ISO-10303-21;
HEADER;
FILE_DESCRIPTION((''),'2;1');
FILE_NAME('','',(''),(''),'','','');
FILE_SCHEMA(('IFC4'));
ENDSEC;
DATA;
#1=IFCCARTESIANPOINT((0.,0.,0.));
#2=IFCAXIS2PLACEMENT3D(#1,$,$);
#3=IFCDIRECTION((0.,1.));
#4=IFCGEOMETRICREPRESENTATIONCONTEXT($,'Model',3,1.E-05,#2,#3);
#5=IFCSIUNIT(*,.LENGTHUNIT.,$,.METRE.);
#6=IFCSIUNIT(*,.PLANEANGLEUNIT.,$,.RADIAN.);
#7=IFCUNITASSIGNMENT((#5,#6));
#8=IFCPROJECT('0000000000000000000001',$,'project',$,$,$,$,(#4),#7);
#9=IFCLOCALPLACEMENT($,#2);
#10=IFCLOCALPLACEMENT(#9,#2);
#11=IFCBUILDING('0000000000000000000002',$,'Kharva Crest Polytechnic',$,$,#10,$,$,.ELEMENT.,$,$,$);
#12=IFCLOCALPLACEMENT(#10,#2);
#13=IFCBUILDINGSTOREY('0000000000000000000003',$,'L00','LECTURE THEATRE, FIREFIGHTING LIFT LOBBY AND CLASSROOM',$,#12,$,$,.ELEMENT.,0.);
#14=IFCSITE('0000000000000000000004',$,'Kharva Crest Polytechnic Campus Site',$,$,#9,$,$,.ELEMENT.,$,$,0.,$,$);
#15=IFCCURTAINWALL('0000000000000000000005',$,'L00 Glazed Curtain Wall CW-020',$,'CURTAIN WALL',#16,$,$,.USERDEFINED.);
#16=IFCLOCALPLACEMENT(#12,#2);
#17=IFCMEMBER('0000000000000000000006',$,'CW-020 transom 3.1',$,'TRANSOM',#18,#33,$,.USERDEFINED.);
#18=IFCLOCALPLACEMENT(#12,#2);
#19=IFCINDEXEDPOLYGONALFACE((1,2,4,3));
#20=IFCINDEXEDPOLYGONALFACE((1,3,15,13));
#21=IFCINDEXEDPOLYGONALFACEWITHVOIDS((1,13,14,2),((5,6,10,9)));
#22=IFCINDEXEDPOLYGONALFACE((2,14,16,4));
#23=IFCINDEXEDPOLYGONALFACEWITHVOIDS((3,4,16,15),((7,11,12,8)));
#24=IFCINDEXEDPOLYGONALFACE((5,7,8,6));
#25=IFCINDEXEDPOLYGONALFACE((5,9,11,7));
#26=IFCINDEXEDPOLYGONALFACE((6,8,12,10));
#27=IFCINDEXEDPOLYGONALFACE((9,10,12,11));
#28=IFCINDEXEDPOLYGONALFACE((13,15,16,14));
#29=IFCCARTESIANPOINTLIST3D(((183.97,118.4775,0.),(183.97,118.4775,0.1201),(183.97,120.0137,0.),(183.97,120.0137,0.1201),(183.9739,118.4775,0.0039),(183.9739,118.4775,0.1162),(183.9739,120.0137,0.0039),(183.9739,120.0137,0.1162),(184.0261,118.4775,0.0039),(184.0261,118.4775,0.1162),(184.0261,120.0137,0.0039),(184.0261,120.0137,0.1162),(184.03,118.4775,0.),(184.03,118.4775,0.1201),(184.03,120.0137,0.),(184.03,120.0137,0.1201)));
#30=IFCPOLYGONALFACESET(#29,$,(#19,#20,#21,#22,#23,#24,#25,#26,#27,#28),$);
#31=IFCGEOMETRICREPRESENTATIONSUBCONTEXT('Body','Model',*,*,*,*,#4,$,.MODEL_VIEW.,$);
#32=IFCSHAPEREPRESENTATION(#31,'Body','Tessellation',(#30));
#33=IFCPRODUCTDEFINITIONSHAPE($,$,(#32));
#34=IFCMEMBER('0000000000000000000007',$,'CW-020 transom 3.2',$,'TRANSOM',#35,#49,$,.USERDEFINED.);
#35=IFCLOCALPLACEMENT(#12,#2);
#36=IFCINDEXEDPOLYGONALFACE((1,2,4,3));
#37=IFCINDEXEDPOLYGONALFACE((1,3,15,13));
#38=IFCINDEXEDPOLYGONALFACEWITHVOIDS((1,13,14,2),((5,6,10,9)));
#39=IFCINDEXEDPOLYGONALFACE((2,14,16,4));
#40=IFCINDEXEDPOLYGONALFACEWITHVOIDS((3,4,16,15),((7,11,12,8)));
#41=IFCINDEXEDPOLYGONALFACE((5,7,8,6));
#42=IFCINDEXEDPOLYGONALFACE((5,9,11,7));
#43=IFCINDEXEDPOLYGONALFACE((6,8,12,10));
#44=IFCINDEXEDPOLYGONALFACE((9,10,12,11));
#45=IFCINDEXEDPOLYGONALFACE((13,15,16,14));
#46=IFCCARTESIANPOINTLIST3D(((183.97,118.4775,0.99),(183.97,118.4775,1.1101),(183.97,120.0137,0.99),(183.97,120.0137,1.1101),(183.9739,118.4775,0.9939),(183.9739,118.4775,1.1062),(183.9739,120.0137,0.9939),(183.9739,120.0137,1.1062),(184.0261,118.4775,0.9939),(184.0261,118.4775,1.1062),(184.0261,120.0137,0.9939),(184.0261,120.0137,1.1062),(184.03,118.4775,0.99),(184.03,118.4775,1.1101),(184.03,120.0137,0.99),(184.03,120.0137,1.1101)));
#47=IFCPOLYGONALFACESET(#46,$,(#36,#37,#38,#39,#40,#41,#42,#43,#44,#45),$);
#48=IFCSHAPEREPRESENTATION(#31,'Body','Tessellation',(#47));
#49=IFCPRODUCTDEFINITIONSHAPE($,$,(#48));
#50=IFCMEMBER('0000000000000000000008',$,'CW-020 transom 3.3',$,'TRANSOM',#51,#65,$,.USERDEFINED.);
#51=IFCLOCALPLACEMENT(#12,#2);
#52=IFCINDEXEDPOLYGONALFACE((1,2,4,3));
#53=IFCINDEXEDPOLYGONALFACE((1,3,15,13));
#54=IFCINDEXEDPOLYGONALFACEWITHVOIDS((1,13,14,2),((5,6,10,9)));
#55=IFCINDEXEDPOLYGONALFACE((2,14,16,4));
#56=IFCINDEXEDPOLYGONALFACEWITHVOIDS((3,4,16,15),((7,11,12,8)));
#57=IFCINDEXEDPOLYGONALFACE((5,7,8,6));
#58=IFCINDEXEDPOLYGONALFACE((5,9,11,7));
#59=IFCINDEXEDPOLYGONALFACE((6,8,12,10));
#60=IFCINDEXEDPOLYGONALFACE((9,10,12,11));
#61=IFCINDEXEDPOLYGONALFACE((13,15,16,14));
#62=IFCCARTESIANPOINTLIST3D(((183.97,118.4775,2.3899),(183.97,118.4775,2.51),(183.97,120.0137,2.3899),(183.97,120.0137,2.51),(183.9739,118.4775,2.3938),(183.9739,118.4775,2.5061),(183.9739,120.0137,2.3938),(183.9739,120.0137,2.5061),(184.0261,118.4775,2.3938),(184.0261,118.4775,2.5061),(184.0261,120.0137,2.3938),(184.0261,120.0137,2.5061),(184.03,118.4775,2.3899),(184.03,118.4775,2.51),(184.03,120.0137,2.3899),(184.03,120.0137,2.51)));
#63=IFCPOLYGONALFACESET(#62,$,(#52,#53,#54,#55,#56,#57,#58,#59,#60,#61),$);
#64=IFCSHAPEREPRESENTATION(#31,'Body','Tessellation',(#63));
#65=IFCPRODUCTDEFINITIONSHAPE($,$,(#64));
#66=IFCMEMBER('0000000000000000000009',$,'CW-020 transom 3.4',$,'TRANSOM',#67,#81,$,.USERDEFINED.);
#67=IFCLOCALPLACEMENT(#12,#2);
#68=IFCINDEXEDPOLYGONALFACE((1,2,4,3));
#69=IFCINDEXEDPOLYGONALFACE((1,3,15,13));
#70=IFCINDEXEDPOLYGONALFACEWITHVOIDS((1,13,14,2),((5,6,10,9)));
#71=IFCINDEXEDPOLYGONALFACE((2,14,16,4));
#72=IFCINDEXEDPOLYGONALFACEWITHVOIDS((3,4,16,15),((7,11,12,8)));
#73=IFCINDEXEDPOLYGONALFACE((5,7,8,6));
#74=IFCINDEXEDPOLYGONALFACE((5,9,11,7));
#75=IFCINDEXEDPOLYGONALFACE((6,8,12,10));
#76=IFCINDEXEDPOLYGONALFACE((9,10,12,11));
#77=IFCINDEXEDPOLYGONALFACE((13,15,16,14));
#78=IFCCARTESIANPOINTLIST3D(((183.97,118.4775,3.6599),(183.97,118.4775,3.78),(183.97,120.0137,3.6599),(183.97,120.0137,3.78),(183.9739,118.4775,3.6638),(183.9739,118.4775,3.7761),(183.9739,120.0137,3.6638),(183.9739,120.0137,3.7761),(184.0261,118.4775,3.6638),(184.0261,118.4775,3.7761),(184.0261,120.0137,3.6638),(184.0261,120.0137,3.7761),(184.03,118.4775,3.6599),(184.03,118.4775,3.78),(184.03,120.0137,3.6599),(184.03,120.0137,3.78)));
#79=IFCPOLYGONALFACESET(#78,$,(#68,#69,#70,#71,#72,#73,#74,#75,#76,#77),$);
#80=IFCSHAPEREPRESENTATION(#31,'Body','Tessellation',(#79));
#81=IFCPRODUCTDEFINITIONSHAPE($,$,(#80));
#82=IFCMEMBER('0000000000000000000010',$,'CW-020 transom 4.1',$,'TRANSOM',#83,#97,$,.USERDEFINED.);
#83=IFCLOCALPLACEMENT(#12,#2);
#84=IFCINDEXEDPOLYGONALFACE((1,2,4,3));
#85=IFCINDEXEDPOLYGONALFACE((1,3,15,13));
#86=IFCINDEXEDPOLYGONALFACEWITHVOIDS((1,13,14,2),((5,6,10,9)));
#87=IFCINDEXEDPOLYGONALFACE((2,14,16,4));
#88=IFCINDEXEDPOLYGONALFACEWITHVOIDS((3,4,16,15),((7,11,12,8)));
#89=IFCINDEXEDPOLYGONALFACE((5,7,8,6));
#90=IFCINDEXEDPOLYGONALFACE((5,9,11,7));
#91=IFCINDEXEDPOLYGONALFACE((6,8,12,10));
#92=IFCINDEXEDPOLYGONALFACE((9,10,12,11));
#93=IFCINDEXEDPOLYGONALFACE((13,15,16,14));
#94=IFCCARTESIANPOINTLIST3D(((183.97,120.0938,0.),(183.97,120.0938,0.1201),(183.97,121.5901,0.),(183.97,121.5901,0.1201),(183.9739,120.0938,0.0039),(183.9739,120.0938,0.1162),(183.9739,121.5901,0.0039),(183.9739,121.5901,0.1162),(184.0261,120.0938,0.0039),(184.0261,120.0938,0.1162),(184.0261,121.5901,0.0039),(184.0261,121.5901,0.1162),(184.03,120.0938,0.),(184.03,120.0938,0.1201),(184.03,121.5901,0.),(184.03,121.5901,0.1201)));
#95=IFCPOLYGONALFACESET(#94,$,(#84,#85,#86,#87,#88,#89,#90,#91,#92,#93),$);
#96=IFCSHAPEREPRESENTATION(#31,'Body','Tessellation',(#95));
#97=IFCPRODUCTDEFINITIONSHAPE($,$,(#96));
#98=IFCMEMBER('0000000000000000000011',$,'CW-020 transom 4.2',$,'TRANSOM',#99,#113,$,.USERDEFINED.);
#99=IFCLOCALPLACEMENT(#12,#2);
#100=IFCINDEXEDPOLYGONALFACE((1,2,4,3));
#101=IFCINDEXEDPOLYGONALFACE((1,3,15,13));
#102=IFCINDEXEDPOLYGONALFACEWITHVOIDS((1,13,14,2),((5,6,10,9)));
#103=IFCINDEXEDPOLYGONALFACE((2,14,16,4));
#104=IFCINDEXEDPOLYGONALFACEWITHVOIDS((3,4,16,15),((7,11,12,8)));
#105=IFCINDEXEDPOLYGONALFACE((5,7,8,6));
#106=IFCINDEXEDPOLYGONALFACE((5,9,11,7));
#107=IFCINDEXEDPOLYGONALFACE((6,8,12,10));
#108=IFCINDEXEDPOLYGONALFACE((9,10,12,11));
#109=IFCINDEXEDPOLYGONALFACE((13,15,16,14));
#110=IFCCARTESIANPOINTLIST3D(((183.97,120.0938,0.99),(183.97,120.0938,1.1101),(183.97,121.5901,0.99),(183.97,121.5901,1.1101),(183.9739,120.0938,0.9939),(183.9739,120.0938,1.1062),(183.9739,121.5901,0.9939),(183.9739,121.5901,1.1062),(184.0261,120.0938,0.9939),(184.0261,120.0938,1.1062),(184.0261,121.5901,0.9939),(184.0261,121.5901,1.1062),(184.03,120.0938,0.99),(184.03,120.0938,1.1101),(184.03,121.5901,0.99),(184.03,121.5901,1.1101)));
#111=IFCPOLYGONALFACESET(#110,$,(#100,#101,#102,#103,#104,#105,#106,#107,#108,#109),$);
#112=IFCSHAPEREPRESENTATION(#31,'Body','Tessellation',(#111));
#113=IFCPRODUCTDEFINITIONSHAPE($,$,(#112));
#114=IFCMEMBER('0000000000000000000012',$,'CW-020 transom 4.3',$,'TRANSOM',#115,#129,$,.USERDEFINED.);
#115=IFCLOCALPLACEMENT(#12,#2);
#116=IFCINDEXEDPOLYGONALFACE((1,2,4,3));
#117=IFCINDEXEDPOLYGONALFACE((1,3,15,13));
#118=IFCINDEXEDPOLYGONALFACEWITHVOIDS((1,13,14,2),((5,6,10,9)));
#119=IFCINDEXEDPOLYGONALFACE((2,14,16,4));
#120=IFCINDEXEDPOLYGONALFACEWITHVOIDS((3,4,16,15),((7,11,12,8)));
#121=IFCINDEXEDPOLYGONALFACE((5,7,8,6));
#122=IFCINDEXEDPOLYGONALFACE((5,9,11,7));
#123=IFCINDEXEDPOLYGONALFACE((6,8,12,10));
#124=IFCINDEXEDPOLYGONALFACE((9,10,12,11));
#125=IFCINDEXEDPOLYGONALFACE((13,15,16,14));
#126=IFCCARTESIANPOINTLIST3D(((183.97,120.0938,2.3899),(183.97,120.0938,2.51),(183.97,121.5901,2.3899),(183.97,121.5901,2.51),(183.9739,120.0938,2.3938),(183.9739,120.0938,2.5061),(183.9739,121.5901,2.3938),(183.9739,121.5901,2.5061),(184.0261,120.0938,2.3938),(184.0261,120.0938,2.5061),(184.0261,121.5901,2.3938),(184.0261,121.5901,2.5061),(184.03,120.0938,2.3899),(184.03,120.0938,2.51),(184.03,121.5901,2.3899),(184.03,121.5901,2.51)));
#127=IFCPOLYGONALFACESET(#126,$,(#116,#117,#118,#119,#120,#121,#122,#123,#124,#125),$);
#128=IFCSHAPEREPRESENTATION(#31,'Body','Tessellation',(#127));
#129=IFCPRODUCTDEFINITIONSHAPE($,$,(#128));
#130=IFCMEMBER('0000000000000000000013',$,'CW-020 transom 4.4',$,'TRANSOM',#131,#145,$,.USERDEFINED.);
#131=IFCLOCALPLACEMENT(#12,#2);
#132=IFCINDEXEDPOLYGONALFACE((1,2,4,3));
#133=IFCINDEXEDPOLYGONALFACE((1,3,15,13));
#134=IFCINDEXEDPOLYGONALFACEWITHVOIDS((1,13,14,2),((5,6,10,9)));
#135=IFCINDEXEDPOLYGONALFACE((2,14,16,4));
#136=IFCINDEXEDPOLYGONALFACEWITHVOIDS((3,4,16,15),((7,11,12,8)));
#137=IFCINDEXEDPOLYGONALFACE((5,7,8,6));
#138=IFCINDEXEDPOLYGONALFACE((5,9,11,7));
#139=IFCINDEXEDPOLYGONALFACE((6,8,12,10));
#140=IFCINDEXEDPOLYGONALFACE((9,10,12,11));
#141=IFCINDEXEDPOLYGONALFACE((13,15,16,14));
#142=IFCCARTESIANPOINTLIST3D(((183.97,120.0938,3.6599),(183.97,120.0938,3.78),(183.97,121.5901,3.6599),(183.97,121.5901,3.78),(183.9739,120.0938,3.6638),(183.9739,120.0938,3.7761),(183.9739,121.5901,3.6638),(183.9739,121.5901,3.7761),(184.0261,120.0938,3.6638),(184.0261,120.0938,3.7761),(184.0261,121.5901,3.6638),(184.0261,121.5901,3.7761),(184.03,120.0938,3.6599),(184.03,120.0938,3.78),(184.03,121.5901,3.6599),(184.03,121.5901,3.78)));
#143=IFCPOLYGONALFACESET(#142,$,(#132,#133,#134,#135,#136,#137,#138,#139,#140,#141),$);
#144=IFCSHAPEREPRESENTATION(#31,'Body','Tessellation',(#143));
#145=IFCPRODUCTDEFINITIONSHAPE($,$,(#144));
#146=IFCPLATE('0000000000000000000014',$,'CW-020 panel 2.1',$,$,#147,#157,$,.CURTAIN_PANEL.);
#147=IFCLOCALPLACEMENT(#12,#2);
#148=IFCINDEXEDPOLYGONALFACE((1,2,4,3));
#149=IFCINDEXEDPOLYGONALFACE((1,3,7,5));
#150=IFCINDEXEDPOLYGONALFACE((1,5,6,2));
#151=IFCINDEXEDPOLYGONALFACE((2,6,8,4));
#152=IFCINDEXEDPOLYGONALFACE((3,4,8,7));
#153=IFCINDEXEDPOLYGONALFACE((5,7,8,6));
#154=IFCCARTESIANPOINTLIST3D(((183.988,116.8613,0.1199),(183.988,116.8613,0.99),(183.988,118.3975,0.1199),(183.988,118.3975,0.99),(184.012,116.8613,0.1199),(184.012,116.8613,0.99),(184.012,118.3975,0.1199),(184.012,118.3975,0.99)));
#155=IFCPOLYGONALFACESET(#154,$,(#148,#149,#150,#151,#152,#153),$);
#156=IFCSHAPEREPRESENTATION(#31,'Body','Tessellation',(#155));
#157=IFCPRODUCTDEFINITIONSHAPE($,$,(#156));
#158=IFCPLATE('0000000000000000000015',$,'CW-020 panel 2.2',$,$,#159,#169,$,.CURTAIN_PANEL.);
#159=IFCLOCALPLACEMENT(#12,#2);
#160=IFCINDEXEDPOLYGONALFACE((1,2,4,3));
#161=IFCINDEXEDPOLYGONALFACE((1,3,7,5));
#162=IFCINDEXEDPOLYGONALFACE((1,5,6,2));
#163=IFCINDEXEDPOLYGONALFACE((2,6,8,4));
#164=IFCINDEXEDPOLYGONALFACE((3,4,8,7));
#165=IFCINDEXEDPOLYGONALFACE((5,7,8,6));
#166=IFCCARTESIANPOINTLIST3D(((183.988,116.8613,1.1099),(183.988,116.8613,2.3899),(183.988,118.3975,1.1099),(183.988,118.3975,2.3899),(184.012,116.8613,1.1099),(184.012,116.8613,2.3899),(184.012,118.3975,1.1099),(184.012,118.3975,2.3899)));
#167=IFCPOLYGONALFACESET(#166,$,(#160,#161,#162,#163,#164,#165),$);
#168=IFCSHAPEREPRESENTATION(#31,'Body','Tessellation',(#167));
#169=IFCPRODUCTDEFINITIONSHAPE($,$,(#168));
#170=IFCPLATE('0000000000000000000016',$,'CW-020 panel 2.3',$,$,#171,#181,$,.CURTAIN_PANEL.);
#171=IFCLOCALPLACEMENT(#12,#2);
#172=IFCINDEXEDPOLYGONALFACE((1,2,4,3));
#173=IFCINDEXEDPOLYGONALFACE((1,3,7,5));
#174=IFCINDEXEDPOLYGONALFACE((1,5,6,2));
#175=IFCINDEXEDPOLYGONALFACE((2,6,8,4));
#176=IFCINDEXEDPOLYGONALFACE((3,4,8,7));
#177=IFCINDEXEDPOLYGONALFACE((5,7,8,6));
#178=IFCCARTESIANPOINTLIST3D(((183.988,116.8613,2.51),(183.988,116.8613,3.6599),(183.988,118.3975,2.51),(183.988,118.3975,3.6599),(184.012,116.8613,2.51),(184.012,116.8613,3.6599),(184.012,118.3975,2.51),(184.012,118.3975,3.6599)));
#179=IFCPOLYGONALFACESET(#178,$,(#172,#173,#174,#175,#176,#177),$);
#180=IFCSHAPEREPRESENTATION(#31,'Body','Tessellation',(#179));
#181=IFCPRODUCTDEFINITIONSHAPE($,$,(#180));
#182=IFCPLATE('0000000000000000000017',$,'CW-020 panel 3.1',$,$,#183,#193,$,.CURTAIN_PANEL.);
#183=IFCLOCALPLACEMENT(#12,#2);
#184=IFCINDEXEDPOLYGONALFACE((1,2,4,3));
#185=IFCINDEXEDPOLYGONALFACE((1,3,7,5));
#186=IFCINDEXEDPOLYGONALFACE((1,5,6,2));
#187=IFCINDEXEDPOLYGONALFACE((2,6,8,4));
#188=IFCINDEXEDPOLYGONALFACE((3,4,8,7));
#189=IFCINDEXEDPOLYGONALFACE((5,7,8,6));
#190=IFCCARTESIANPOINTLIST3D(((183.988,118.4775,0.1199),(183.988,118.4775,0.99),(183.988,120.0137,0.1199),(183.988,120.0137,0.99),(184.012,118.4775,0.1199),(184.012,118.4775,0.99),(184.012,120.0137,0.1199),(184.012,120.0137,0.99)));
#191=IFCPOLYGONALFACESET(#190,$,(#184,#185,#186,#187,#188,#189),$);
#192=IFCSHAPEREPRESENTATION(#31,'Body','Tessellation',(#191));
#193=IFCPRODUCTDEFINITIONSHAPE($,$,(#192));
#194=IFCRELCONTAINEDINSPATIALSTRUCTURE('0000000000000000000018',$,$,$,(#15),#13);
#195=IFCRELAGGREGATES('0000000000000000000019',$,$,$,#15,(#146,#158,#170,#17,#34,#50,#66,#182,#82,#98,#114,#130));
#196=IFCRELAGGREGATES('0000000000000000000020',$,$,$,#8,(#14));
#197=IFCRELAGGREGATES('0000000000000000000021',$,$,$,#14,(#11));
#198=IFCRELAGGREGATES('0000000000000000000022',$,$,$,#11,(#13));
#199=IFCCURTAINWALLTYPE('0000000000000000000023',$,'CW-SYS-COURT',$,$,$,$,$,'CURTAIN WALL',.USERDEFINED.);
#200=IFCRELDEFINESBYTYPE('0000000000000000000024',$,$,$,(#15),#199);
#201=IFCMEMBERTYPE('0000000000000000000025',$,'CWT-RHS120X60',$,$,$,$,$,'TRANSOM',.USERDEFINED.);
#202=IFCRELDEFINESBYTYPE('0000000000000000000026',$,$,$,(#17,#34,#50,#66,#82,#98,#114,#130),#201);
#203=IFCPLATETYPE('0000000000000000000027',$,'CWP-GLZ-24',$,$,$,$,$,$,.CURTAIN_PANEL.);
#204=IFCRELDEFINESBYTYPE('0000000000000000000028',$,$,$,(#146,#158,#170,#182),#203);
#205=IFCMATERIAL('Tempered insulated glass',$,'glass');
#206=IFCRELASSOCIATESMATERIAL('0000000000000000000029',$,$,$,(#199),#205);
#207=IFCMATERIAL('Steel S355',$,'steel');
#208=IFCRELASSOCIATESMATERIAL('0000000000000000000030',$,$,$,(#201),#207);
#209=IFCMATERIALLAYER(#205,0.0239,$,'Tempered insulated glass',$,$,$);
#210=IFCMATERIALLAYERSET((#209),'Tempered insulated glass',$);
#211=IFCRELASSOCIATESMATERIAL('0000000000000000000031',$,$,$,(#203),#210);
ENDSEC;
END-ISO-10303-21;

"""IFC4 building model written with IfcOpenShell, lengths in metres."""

from ifc_helpers import new_model, si_unit, direction, frame, origin, origin_2d, place, context, subcontext, project, spatial, rectangle, hollow_rectangle, extrude, material, layer, layer_set, material_profile, profile_set, type_object, element, aggregate, save


model = new_model("IFC4")

# Units and contexts
model_context = context("Model", 3, precision=1e-05, world=origin(), true_north=direction((0.0, 1.0)))
body_context = subcontext(model_context, "Body", "Model", "MODEL_VIEW")
ifc_project = project(units=[si_unit("LENGTHUNIT", "METRE"), si_unit("PLANEANGLEUNIT", "RADIAN")], contexts=[model_context])

# Site, building, storey
site_placement = place(None, origin())
site = spatial("IfcSite", under=ifc_project, at=site_placement, Name="Kharva Crest Polytechnic Campus Site", CompositionType="ELEMENT", RefElevation=0.0)
building_placement = place(site_placement, origin())
building = spatial("IfcBuilding", under=site, at=building_placement, Name="Kharva Crest Polytechnic", CompositionType="ELEMENT")
storey_placement = place(building_placement, origin())
storey = spatial("IfcBuildingStorey", under=building, at=storey_placement, Name="L00", Description="LECTURE THEATRE, FIREFIGHTING LIFT LOBBY AND CLASSROOM", CompositionType="ELEMENT", Elevation=0.0)

# Curtain wall, members, plates
ifc_material_1 = material(Name="Tempered insulated glass", Category="glass")
curtain_wall_type = type_object("IfcCurtainWallType", Name="CW-SYS-COURT", ElementType="CURTAIN WALL", PredefinedType="USERDEFINED", material=ifc_material_1)
curtain_wall_placement = place(storey_placement, origin())
curtain_wall = element("IfcCurtainWall", 1, at=curtain_wall_placement, inside=storey, type_object=curtain_wall_type, Name="L00 Glazed Curtain Wall CW-020", ObjectType="CURTAIN WALL", PredefinedType="USERDEFINED")
ifc_material_2 = material(Name="Steel S355", Category="steel")
ifc_material_profile_1 = material_profile(ifc_material_2, hollow_rectangle(XDim=0.0601, YDim=0.1201, WallThickness=0.0039, at=origin_2d()), Name="RHS 120X60X4.0")
ifc_profile_set_1 = profile_set([ifc_material_profile_1], Name="Steel S355")
member_type_1 = type_object("IfcMemberType", Name="CWT-RHS120X60", ElementType="TRANSOM", PredefinedType="USERDEFINED", material=ifc_profile_set_1)
member_1_placement = place(storey_placement, frame((184.0, 118.4775, 0.0601), z_axis=(0.0, 1.0, 0.0), x_axis=(-1.0, 0.0, 0.0)))
member_1 = element("IfcMember", 2, at=member_1_placement, type_object=member_type_1, Name="CW-020 transom 3.1", ObjectType="TRANSOM", PredefinedType="USERDEFINED", context=body_context, shape_type="SweptSolid", body=[
    extrude(hollow_rectangle(XDim=0.0601, YDim=0.1201, WallThickness=0.0039, at=origin_2d()), origin(), (0.0, 0.0, 1.0), 1.5361),
])
member_2_placement = place(storey_placement, frame((184.0, 118.4775, 1.05), z_axis=(0.0, 1.0, 0.0), x_axis=(-1.0, 0.0, 0.0)))
member_2 = element("IfcMember", 3, at=member_2_placement, type_object=member_type_1, Name="CW-020 transom 3.2", ObjectType="TRANSOM", PredefinedType="USERDEFINED", context=body_context, shape_type="SweptSolid", body=[
    extrude(hollow_rectangle(XDim=0.0601, YDim=0.1201, WallThickness=0.0039, at=origin_2d()), origin(), (0.0, 0.0, 1.0), 1.5361),
])
member_3_placement = place(storey_placement, frame((184.0, 118.4775, 2.45), z_axis=(0.0, 1.0, 0.0), x_axis=(-1.0, 0.0, 0.0)))
member_3 = element("IfcMember", 4, at=member_3_placement, type_object=member_type_1, Name="CW-020 transom 3.3", ObjectType="TRANSOM", PredefinedType="USERDEFINED", context=body_context, shape_type="SweptSolid", body=[
    extrude(hollow_rectangle(XDim=0.0601, YDim=0.1201, WallThickness=0.0039, at=origin_2d()), origin(), (0.0, 0.0, 1.0), 1.5361),
])
member_4_placement = place(storey_placement, frame((184.0, 118.4775, 3.72), z_axis=(0.0, 1.0, 0.0), x_axis=(-1.0, 0.0, 0.0)))
member_4 = element("IfcMember", 5, at=member_4_placement, type_object=member_type_1, Name="CW-020 transom 3.4", ObjectType="TRANSOM", PredefinedType="USERDEFINED", context=body_context, shape_type="SweptSolid", body=[
    extrude(hollow_rectangle(XDim=0.0601, YDim=0.1201, WallThickness=0.0039, at=origin_2d()), origin(), (0.0, 0.0, 1.0), 1.5361),
])
member_5_placement = place(storey_placement, frame((184.0, 120.0938, 0.0601), z_axis=(0.0, 1.0, 0.0), x_axis=(-1.0, 0.0, 0.0)))
member_5 = element("IfcMember", 6, at=member_5_placement, type_object=member_type_1, Name="CW-020 transom 4.1", ObjectType="TRANSOM", PredefinedType="USERDEFINED", context=body_context, shape_type="SweptSolid", body=[
    extrude(hollow_rectangle(XDim=0.0601, YDim=0.1201, WallThickness=0.0039, at=origin_2d()), origin(), (0.0, 0.0, 1.0), 1.4963),
])
member_6_placement = place(storey_placement, frame((184.0, 120.0938, 1.05), z_axis=(0.0, 1.0, 0.0), x_axis=(-1.0, 0.0, 0.0)))
member_6 = element("IfcMember", 7, at=member_6_placement, type_object=member_type_1, Name="CW-020 transom 4.2", ObjectType="TRANSOM", PredefinedType="USERDEFINED", context=body_context, shape_type="SweptSolid", body=[
    extrude(hollow_rectangle(XDim=0.0601, YDim=0.1201, WallThickness=0.0039, at=origin_2d()), origin(), (0.0, 0.0, 1.0), 1.4963),
])
member_7_placement = place(storey_placement, frame((184.0, 120.0938, 2.45), z_axis=(0.0, 1.0, 0.0), x_axis=(-1.0, 0.0, 0.0)))
member_7 = element("IfcMember", 8, at=member_7_placement, type_object=member_type_1, Name="CW-020 transom 4.3", ObjectType="TRANSOM", PredefinedType="USERDEFINED", context=body_context, shape_type="SweptSolid", body=[
    extrude(hollow_rectangle(XDim=0.0601, YDim=0.1201, WallThickness=0.0039, at=origin_2d()), origin(), (0.0, 0.0, 1.0), 1.4963),
])
member_8_placement = place(storey_placement, frame((184.0, 120.0938, 3.72), z_axis=(0.0, 1.0, 0.0), x_axis=(-1.0, 0.0, 0.0)))
member_8 = element("IfcMember", 9, at=member_8_placement, type_object=member_type_1, Name="CW-020 transom 4.4", ObjectType="TRANSOM", PredefinedType="USERDEFINED", context=body_context, shape_type="SweptSolid", body=[
    extrude(hollow_rectangle(XDim=0.0601, YDim=0.1201, WallThickness=0.0039, at=origin_2d()), origin(), (0.0, 0.0, 1.0), 1.4963),
])
ifc_layer_1 = layer(ifc_material_1, 0.0239, Name="Tempered insulated glass")
ifc_layer_set_1 = layer_set([ifc_layer_1], Name="Tempered insulated glass")
plate_type = type_object("IfcPlateType", Name="CWP-GLZ-24", PredefinedType="CURTAIN_PANEL", material=ifc_layer_set_1)
plate_1_placement = place(storey_placement, frame((184.0, 117.6294, 0.1199), z_axis=(0.0, 0.0, 1.0), x_axis=(0.0, 1.0, 0.0)))
plate_1 = element("IfcPlate", 10, at=plate_1_placement, type_object=plate_type, Name="CW-020 panel 2.1", PredefinedType="CURTAIN_PANEL", context=body_context, shape_type="SweptSolid", body=[
    extrude(rectangle(XDim=1.5361, YDim=0.0239, at=origin_2d()), origin(), (0.0, 0.0, 1.0), 0.8701),
])
plate_2_placement = place(storey_placement, frame((184.0, 117.6294, 1.1099), z_axis=(0.0, 0.0, 1.0), x_axis=(0.0, 1.0, 0.0)))
plate_2 = element("IfcPlate", 11, at=plate_2_placement, type_object=plate_type, Name="CW-020 panel 2.2", PredefinedType="CURTAIN_PANEL", context=body_context, shape_type="SweptSolid", body=[
    extrude(rectangle(XDim=1.5361, YDim=0.0239, at=origin_2d()), origin(), (0.0, 0.0, 1.0), 1.28),
])
plate_3_placement = place(storey_placement, frame((184.0, 117.6294, 2.51), z_axis=(0.0, 0.0, 1.0), x_axis=(0.0, 1.0, 0.0)))
plate_3 = element("IfcPlate", 12, at=plate_3_placement, type_object=plate_type, Name="CW-020 panel 2.3", PredefinedType="CURTAIN_PANEL", context=body_context, shape_type="SweptSolid", body=[
    extrude(rectangle(XDim=1.5361, YDim=0.0239, at=origin_2d()), origin(), (0.0, 0.0, 1.0), 1.1499),
])
plate_4_placement = place(storey_placement, frame((184.0, 119.2456, 0.1199), z_axis=(0.0, 0.0, 1.0), x_axis=(0.0, 1.0, 0.0)))
plate_4 = element("IfcPlate", 13, at=plate_4_placement, type_object=plate_type, Name="CW-020 panel 3.1", PredefinedType="CURTAIN_PANEL", context=body_context, shape_type="SweptSolid", body=[
    extrude(rectangle(XDim=1.5361, YDim=0.0239, at=origin_2d()), origin(), (0.0, 0.0, 1.0), 0.8701),
])
aggregate(curtain_wall, [plate_1, plate_2, plate_3, member_1, member_2, member_3, member_4, plate_4, member_5, member_6, member_7, member_8])

save(model, "model.ifc")
